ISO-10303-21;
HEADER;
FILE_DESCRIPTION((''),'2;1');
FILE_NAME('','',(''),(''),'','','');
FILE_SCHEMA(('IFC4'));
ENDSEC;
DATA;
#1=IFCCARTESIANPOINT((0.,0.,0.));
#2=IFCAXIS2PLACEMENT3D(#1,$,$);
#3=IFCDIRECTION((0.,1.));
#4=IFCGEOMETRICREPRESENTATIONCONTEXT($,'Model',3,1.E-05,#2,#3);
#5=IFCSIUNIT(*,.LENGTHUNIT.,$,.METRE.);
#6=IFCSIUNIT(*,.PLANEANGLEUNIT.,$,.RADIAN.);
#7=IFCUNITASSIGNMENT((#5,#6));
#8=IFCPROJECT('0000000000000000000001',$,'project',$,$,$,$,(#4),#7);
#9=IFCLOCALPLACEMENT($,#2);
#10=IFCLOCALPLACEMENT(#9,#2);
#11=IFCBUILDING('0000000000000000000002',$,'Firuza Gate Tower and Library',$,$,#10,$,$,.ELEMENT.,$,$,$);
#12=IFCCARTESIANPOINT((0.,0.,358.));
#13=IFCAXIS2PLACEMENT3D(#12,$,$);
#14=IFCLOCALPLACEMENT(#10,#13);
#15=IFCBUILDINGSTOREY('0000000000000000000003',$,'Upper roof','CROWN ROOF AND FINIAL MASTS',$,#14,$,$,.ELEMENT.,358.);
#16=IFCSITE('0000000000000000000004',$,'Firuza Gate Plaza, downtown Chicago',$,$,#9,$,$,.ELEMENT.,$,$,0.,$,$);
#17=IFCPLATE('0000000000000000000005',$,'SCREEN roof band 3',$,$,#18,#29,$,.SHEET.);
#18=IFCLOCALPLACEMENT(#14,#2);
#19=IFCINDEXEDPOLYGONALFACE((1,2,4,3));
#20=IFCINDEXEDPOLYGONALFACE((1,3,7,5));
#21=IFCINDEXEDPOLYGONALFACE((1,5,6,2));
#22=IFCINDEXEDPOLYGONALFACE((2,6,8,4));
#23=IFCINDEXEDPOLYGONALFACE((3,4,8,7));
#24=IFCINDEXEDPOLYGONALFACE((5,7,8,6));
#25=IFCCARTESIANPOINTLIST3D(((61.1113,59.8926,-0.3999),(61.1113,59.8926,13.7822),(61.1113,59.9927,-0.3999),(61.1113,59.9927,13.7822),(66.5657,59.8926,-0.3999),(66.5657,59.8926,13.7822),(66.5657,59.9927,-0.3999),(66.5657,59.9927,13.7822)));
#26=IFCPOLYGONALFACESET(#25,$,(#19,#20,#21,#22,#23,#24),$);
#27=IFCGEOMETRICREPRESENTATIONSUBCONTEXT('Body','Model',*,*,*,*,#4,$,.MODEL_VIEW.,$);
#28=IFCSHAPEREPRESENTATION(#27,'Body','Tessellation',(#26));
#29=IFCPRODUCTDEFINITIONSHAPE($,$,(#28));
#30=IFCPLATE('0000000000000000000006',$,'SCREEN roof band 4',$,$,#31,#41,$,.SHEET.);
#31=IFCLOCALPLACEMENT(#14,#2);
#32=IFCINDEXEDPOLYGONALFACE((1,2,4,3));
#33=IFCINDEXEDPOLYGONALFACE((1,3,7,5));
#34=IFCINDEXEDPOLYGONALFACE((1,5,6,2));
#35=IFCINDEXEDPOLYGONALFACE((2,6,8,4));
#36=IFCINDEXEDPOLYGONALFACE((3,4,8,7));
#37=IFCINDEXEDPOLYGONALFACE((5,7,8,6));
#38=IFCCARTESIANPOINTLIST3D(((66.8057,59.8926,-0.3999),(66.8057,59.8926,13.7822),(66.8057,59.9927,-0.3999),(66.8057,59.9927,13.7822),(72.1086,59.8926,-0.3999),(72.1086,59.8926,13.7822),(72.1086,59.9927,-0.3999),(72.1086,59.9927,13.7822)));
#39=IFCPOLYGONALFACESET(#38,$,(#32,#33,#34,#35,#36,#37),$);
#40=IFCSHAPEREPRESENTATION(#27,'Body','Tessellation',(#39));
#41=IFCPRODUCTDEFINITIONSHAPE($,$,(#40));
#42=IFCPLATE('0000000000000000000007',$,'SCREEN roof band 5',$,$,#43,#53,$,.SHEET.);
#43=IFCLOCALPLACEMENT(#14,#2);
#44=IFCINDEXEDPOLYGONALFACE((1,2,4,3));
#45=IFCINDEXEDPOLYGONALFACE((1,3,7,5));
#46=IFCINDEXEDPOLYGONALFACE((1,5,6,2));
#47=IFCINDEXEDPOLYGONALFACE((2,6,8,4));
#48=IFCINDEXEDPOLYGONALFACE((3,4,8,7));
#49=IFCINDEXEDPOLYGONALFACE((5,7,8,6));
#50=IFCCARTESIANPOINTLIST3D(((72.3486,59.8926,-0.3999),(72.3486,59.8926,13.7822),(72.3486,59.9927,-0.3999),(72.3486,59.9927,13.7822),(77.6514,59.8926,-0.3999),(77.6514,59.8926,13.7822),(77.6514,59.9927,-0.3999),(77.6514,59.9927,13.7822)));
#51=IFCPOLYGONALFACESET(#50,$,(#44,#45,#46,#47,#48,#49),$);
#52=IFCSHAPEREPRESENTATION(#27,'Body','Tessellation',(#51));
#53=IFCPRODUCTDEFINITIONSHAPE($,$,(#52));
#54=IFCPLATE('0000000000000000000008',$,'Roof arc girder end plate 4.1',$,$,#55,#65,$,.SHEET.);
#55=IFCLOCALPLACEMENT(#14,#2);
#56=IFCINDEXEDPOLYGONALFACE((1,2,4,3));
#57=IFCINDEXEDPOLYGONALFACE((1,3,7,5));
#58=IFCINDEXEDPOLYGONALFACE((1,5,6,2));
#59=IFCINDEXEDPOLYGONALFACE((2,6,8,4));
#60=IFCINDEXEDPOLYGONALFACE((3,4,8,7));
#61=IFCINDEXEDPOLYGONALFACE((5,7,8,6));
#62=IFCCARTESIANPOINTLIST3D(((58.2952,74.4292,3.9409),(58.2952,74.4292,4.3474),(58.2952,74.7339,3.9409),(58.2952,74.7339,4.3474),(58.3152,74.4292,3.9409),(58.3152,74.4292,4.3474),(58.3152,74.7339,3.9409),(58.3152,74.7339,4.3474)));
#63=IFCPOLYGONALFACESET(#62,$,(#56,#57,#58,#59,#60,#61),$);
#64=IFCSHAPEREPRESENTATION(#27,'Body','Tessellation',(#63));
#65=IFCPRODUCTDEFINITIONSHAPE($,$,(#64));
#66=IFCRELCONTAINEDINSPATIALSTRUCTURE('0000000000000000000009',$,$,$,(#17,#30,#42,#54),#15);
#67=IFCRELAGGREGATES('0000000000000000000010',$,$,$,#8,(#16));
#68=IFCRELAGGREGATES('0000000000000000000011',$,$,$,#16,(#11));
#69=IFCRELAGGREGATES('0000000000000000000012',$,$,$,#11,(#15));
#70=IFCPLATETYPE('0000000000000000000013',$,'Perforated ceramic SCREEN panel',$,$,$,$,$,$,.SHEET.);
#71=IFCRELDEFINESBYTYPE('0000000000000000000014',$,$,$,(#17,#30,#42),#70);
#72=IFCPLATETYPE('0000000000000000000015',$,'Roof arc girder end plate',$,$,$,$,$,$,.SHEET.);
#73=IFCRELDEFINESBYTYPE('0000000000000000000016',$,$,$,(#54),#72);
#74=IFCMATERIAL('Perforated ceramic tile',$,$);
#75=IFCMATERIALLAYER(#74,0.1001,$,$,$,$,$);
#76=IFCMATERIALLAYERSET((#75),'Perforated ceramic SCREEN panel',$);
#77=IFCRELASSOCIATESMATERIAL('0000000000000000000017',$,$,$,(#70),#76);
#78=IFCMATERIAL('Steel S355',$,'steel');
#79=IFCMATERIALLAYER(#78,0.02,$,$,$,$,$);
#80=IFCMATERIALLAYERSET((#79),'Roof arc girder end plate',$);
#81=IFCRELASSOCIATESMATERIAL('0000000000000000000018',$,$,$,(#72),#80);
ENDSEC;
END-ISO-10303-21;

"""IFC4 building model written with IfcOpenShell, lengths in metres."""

from ifc_helpers import new_model, si_unit, direction, frame, origin, origin_2d, place, context, subcontext, project, spatial, polyline, rectangle, outline, extrude, material, layer, layer_set, type_object, element, save


model = new_model("IFC4")

# Units and contexts
model_context = context("Model", 3, precision=1e-05, world=origin(), true_north=direction((0.0, 1.0)))
body_context = subcontext(model_context, "Body", "Model", "MODEL_VIEW")
ifc_project = project(units=[si_unit("LENGTHUNIT", "METRE"), si_unit("PLANEANGLEUNIT", "RADIAN")], contexts=[model_context])

# Site, building, storey
site_placement = place(None, origin())
site = spatial("IfcSite", under=ifc_project, at=site_placement, Name="Firuza Gate Plaza, downtown Chicago", CompositionType="ELEMENT", RefElevation=0.0)
building_placement = place(site_placement, origin())
building = spatial("IfcBuilding", under=site, at=building_placement, Name="Firuza Gate Tower and Library", CompositionType="ELEMENT")
storey_placement = place(building_placement, frame((0.0, 0.0, 358.0)))
storey = spatial("IfcBuildingStorey", under=building, at=storey_placement, Name="Upper roof", Description="CROWN ROOF AND FINIAL MASTS", CompositionType="ELEMENT", Elevation=358.0)

# Plates
ifc_material_1 = material(Name="Perforated ceramic tile")
ifc_layer_1 = layer(ifc_material_1, 0.1001)
ifc_layer_set_1 = layer_set([ifc_layer_1], Name="Perforated ceramic SCREEN panel")
plate_type_1 = type_object("IfcPlateType", Name="Perforated ceramic SCREEN panel", PredefinedType="SHEET", material=ifc_layer_set_1)
plate_1_placement = place(storey_placement, frame((61.1113, 59.8926, -0.3999), z_axis=(0.0, -1.0, 0.0), x_axis=(1.0, 0.0, 0.0)))
element("IfcPlate", 1, at=plate_1_placement, inside=storey, type_object=plate_type_1, Name="SCREEN roof band 3", PredefinedType="SHEET", context=body_context, shape_type="SweptSolid", body=[
    extrude(outline(polyline([(0.0, 0.0), (5.4543, 0.0), (5.4543, 14.1821), (0.0, 14.1821), (0.0, 0.0)])), origin(), (0.0, 0.0, -1.0), 0.1001),
])
plate_2_placement = place(storey_placement, frame((66.8057, 59.8926, -0.3999), z_axis=(0.0, -1.0, 0.0), x_axis=(1.0, 0.0, 0.0)))
element("IfcPlate", 2, at=plate_2_placement, inside=storey, type_object=plate_type_1, Name="SCREEN roof band 4", PredefinedType="SHEET", context=body_context, shape_type="SweptSolid", body=[
    extrude(outline(polyline([(0.0, 0.0), (5.303, 0.0), (5.303, 14.1821), (0.0, 14.1821), (0.0, 0.0)])), origin(), (0.0, 0.0, -1.0), 0.1001),
])
plate_3_placement = place(storey_placement, frame((72.3486, 59.8926, -0.3999), z_axis=(0.0, -1.0, 0.0), x_axis=(1.0, 0.0, 0.0)))
element("IfcPlate", 3, at=plate_3_placement, inside=storey, type_object=plate_type_1, Name="SCREEN roof band 5", PredefinedType="SHEET", context=body_context, shape_type="SweptSolid", body=[
    extrude(outline(polyline([(0.0, 0.0), (5.3027, 0.0), (5.3027, 14.1821), (0.0, 14.1821), (0.0, 0.0)])), origin(), (0.0, 0.0, -1.0), 0.1001),
])
ifc_material_2 = material(Name="Steel S355", Category="steel")
ifc_layer_2 = layer(ifc_material_2, 0.02)
ifc_layer_set_2 = layer_set([ifc_layer_2], Name="Roof arc girder end plate")
plate_type_2 = type_object("IfcPlateType", Name="Roof arc girder end plate", PredefinedType="SHEET", material=ifc_layer_set_2)
plate_4_placement = place(storey_placement, frame((58.3052, 74.5815, 3.9409), z_axis=(0.0, 0.0, 1.0), x_axis=(1.0, 0.0, 0.0)))
element("IfcPlate", 4, at=plate_4_placement, inside=storey, type_object=plate_type_2, Name="Roof arc girder end plate 4.1", PredefinedType="SHEET", context=body_context, shape_type="SweptSolid", body=[
    extrude(rectangle(XDim=0.02, YDim=0.3047, at=origin_2d()), origin(), (0.0, 0.0, 1.0), 0.4065),
])

save(model, "model.ifc")
